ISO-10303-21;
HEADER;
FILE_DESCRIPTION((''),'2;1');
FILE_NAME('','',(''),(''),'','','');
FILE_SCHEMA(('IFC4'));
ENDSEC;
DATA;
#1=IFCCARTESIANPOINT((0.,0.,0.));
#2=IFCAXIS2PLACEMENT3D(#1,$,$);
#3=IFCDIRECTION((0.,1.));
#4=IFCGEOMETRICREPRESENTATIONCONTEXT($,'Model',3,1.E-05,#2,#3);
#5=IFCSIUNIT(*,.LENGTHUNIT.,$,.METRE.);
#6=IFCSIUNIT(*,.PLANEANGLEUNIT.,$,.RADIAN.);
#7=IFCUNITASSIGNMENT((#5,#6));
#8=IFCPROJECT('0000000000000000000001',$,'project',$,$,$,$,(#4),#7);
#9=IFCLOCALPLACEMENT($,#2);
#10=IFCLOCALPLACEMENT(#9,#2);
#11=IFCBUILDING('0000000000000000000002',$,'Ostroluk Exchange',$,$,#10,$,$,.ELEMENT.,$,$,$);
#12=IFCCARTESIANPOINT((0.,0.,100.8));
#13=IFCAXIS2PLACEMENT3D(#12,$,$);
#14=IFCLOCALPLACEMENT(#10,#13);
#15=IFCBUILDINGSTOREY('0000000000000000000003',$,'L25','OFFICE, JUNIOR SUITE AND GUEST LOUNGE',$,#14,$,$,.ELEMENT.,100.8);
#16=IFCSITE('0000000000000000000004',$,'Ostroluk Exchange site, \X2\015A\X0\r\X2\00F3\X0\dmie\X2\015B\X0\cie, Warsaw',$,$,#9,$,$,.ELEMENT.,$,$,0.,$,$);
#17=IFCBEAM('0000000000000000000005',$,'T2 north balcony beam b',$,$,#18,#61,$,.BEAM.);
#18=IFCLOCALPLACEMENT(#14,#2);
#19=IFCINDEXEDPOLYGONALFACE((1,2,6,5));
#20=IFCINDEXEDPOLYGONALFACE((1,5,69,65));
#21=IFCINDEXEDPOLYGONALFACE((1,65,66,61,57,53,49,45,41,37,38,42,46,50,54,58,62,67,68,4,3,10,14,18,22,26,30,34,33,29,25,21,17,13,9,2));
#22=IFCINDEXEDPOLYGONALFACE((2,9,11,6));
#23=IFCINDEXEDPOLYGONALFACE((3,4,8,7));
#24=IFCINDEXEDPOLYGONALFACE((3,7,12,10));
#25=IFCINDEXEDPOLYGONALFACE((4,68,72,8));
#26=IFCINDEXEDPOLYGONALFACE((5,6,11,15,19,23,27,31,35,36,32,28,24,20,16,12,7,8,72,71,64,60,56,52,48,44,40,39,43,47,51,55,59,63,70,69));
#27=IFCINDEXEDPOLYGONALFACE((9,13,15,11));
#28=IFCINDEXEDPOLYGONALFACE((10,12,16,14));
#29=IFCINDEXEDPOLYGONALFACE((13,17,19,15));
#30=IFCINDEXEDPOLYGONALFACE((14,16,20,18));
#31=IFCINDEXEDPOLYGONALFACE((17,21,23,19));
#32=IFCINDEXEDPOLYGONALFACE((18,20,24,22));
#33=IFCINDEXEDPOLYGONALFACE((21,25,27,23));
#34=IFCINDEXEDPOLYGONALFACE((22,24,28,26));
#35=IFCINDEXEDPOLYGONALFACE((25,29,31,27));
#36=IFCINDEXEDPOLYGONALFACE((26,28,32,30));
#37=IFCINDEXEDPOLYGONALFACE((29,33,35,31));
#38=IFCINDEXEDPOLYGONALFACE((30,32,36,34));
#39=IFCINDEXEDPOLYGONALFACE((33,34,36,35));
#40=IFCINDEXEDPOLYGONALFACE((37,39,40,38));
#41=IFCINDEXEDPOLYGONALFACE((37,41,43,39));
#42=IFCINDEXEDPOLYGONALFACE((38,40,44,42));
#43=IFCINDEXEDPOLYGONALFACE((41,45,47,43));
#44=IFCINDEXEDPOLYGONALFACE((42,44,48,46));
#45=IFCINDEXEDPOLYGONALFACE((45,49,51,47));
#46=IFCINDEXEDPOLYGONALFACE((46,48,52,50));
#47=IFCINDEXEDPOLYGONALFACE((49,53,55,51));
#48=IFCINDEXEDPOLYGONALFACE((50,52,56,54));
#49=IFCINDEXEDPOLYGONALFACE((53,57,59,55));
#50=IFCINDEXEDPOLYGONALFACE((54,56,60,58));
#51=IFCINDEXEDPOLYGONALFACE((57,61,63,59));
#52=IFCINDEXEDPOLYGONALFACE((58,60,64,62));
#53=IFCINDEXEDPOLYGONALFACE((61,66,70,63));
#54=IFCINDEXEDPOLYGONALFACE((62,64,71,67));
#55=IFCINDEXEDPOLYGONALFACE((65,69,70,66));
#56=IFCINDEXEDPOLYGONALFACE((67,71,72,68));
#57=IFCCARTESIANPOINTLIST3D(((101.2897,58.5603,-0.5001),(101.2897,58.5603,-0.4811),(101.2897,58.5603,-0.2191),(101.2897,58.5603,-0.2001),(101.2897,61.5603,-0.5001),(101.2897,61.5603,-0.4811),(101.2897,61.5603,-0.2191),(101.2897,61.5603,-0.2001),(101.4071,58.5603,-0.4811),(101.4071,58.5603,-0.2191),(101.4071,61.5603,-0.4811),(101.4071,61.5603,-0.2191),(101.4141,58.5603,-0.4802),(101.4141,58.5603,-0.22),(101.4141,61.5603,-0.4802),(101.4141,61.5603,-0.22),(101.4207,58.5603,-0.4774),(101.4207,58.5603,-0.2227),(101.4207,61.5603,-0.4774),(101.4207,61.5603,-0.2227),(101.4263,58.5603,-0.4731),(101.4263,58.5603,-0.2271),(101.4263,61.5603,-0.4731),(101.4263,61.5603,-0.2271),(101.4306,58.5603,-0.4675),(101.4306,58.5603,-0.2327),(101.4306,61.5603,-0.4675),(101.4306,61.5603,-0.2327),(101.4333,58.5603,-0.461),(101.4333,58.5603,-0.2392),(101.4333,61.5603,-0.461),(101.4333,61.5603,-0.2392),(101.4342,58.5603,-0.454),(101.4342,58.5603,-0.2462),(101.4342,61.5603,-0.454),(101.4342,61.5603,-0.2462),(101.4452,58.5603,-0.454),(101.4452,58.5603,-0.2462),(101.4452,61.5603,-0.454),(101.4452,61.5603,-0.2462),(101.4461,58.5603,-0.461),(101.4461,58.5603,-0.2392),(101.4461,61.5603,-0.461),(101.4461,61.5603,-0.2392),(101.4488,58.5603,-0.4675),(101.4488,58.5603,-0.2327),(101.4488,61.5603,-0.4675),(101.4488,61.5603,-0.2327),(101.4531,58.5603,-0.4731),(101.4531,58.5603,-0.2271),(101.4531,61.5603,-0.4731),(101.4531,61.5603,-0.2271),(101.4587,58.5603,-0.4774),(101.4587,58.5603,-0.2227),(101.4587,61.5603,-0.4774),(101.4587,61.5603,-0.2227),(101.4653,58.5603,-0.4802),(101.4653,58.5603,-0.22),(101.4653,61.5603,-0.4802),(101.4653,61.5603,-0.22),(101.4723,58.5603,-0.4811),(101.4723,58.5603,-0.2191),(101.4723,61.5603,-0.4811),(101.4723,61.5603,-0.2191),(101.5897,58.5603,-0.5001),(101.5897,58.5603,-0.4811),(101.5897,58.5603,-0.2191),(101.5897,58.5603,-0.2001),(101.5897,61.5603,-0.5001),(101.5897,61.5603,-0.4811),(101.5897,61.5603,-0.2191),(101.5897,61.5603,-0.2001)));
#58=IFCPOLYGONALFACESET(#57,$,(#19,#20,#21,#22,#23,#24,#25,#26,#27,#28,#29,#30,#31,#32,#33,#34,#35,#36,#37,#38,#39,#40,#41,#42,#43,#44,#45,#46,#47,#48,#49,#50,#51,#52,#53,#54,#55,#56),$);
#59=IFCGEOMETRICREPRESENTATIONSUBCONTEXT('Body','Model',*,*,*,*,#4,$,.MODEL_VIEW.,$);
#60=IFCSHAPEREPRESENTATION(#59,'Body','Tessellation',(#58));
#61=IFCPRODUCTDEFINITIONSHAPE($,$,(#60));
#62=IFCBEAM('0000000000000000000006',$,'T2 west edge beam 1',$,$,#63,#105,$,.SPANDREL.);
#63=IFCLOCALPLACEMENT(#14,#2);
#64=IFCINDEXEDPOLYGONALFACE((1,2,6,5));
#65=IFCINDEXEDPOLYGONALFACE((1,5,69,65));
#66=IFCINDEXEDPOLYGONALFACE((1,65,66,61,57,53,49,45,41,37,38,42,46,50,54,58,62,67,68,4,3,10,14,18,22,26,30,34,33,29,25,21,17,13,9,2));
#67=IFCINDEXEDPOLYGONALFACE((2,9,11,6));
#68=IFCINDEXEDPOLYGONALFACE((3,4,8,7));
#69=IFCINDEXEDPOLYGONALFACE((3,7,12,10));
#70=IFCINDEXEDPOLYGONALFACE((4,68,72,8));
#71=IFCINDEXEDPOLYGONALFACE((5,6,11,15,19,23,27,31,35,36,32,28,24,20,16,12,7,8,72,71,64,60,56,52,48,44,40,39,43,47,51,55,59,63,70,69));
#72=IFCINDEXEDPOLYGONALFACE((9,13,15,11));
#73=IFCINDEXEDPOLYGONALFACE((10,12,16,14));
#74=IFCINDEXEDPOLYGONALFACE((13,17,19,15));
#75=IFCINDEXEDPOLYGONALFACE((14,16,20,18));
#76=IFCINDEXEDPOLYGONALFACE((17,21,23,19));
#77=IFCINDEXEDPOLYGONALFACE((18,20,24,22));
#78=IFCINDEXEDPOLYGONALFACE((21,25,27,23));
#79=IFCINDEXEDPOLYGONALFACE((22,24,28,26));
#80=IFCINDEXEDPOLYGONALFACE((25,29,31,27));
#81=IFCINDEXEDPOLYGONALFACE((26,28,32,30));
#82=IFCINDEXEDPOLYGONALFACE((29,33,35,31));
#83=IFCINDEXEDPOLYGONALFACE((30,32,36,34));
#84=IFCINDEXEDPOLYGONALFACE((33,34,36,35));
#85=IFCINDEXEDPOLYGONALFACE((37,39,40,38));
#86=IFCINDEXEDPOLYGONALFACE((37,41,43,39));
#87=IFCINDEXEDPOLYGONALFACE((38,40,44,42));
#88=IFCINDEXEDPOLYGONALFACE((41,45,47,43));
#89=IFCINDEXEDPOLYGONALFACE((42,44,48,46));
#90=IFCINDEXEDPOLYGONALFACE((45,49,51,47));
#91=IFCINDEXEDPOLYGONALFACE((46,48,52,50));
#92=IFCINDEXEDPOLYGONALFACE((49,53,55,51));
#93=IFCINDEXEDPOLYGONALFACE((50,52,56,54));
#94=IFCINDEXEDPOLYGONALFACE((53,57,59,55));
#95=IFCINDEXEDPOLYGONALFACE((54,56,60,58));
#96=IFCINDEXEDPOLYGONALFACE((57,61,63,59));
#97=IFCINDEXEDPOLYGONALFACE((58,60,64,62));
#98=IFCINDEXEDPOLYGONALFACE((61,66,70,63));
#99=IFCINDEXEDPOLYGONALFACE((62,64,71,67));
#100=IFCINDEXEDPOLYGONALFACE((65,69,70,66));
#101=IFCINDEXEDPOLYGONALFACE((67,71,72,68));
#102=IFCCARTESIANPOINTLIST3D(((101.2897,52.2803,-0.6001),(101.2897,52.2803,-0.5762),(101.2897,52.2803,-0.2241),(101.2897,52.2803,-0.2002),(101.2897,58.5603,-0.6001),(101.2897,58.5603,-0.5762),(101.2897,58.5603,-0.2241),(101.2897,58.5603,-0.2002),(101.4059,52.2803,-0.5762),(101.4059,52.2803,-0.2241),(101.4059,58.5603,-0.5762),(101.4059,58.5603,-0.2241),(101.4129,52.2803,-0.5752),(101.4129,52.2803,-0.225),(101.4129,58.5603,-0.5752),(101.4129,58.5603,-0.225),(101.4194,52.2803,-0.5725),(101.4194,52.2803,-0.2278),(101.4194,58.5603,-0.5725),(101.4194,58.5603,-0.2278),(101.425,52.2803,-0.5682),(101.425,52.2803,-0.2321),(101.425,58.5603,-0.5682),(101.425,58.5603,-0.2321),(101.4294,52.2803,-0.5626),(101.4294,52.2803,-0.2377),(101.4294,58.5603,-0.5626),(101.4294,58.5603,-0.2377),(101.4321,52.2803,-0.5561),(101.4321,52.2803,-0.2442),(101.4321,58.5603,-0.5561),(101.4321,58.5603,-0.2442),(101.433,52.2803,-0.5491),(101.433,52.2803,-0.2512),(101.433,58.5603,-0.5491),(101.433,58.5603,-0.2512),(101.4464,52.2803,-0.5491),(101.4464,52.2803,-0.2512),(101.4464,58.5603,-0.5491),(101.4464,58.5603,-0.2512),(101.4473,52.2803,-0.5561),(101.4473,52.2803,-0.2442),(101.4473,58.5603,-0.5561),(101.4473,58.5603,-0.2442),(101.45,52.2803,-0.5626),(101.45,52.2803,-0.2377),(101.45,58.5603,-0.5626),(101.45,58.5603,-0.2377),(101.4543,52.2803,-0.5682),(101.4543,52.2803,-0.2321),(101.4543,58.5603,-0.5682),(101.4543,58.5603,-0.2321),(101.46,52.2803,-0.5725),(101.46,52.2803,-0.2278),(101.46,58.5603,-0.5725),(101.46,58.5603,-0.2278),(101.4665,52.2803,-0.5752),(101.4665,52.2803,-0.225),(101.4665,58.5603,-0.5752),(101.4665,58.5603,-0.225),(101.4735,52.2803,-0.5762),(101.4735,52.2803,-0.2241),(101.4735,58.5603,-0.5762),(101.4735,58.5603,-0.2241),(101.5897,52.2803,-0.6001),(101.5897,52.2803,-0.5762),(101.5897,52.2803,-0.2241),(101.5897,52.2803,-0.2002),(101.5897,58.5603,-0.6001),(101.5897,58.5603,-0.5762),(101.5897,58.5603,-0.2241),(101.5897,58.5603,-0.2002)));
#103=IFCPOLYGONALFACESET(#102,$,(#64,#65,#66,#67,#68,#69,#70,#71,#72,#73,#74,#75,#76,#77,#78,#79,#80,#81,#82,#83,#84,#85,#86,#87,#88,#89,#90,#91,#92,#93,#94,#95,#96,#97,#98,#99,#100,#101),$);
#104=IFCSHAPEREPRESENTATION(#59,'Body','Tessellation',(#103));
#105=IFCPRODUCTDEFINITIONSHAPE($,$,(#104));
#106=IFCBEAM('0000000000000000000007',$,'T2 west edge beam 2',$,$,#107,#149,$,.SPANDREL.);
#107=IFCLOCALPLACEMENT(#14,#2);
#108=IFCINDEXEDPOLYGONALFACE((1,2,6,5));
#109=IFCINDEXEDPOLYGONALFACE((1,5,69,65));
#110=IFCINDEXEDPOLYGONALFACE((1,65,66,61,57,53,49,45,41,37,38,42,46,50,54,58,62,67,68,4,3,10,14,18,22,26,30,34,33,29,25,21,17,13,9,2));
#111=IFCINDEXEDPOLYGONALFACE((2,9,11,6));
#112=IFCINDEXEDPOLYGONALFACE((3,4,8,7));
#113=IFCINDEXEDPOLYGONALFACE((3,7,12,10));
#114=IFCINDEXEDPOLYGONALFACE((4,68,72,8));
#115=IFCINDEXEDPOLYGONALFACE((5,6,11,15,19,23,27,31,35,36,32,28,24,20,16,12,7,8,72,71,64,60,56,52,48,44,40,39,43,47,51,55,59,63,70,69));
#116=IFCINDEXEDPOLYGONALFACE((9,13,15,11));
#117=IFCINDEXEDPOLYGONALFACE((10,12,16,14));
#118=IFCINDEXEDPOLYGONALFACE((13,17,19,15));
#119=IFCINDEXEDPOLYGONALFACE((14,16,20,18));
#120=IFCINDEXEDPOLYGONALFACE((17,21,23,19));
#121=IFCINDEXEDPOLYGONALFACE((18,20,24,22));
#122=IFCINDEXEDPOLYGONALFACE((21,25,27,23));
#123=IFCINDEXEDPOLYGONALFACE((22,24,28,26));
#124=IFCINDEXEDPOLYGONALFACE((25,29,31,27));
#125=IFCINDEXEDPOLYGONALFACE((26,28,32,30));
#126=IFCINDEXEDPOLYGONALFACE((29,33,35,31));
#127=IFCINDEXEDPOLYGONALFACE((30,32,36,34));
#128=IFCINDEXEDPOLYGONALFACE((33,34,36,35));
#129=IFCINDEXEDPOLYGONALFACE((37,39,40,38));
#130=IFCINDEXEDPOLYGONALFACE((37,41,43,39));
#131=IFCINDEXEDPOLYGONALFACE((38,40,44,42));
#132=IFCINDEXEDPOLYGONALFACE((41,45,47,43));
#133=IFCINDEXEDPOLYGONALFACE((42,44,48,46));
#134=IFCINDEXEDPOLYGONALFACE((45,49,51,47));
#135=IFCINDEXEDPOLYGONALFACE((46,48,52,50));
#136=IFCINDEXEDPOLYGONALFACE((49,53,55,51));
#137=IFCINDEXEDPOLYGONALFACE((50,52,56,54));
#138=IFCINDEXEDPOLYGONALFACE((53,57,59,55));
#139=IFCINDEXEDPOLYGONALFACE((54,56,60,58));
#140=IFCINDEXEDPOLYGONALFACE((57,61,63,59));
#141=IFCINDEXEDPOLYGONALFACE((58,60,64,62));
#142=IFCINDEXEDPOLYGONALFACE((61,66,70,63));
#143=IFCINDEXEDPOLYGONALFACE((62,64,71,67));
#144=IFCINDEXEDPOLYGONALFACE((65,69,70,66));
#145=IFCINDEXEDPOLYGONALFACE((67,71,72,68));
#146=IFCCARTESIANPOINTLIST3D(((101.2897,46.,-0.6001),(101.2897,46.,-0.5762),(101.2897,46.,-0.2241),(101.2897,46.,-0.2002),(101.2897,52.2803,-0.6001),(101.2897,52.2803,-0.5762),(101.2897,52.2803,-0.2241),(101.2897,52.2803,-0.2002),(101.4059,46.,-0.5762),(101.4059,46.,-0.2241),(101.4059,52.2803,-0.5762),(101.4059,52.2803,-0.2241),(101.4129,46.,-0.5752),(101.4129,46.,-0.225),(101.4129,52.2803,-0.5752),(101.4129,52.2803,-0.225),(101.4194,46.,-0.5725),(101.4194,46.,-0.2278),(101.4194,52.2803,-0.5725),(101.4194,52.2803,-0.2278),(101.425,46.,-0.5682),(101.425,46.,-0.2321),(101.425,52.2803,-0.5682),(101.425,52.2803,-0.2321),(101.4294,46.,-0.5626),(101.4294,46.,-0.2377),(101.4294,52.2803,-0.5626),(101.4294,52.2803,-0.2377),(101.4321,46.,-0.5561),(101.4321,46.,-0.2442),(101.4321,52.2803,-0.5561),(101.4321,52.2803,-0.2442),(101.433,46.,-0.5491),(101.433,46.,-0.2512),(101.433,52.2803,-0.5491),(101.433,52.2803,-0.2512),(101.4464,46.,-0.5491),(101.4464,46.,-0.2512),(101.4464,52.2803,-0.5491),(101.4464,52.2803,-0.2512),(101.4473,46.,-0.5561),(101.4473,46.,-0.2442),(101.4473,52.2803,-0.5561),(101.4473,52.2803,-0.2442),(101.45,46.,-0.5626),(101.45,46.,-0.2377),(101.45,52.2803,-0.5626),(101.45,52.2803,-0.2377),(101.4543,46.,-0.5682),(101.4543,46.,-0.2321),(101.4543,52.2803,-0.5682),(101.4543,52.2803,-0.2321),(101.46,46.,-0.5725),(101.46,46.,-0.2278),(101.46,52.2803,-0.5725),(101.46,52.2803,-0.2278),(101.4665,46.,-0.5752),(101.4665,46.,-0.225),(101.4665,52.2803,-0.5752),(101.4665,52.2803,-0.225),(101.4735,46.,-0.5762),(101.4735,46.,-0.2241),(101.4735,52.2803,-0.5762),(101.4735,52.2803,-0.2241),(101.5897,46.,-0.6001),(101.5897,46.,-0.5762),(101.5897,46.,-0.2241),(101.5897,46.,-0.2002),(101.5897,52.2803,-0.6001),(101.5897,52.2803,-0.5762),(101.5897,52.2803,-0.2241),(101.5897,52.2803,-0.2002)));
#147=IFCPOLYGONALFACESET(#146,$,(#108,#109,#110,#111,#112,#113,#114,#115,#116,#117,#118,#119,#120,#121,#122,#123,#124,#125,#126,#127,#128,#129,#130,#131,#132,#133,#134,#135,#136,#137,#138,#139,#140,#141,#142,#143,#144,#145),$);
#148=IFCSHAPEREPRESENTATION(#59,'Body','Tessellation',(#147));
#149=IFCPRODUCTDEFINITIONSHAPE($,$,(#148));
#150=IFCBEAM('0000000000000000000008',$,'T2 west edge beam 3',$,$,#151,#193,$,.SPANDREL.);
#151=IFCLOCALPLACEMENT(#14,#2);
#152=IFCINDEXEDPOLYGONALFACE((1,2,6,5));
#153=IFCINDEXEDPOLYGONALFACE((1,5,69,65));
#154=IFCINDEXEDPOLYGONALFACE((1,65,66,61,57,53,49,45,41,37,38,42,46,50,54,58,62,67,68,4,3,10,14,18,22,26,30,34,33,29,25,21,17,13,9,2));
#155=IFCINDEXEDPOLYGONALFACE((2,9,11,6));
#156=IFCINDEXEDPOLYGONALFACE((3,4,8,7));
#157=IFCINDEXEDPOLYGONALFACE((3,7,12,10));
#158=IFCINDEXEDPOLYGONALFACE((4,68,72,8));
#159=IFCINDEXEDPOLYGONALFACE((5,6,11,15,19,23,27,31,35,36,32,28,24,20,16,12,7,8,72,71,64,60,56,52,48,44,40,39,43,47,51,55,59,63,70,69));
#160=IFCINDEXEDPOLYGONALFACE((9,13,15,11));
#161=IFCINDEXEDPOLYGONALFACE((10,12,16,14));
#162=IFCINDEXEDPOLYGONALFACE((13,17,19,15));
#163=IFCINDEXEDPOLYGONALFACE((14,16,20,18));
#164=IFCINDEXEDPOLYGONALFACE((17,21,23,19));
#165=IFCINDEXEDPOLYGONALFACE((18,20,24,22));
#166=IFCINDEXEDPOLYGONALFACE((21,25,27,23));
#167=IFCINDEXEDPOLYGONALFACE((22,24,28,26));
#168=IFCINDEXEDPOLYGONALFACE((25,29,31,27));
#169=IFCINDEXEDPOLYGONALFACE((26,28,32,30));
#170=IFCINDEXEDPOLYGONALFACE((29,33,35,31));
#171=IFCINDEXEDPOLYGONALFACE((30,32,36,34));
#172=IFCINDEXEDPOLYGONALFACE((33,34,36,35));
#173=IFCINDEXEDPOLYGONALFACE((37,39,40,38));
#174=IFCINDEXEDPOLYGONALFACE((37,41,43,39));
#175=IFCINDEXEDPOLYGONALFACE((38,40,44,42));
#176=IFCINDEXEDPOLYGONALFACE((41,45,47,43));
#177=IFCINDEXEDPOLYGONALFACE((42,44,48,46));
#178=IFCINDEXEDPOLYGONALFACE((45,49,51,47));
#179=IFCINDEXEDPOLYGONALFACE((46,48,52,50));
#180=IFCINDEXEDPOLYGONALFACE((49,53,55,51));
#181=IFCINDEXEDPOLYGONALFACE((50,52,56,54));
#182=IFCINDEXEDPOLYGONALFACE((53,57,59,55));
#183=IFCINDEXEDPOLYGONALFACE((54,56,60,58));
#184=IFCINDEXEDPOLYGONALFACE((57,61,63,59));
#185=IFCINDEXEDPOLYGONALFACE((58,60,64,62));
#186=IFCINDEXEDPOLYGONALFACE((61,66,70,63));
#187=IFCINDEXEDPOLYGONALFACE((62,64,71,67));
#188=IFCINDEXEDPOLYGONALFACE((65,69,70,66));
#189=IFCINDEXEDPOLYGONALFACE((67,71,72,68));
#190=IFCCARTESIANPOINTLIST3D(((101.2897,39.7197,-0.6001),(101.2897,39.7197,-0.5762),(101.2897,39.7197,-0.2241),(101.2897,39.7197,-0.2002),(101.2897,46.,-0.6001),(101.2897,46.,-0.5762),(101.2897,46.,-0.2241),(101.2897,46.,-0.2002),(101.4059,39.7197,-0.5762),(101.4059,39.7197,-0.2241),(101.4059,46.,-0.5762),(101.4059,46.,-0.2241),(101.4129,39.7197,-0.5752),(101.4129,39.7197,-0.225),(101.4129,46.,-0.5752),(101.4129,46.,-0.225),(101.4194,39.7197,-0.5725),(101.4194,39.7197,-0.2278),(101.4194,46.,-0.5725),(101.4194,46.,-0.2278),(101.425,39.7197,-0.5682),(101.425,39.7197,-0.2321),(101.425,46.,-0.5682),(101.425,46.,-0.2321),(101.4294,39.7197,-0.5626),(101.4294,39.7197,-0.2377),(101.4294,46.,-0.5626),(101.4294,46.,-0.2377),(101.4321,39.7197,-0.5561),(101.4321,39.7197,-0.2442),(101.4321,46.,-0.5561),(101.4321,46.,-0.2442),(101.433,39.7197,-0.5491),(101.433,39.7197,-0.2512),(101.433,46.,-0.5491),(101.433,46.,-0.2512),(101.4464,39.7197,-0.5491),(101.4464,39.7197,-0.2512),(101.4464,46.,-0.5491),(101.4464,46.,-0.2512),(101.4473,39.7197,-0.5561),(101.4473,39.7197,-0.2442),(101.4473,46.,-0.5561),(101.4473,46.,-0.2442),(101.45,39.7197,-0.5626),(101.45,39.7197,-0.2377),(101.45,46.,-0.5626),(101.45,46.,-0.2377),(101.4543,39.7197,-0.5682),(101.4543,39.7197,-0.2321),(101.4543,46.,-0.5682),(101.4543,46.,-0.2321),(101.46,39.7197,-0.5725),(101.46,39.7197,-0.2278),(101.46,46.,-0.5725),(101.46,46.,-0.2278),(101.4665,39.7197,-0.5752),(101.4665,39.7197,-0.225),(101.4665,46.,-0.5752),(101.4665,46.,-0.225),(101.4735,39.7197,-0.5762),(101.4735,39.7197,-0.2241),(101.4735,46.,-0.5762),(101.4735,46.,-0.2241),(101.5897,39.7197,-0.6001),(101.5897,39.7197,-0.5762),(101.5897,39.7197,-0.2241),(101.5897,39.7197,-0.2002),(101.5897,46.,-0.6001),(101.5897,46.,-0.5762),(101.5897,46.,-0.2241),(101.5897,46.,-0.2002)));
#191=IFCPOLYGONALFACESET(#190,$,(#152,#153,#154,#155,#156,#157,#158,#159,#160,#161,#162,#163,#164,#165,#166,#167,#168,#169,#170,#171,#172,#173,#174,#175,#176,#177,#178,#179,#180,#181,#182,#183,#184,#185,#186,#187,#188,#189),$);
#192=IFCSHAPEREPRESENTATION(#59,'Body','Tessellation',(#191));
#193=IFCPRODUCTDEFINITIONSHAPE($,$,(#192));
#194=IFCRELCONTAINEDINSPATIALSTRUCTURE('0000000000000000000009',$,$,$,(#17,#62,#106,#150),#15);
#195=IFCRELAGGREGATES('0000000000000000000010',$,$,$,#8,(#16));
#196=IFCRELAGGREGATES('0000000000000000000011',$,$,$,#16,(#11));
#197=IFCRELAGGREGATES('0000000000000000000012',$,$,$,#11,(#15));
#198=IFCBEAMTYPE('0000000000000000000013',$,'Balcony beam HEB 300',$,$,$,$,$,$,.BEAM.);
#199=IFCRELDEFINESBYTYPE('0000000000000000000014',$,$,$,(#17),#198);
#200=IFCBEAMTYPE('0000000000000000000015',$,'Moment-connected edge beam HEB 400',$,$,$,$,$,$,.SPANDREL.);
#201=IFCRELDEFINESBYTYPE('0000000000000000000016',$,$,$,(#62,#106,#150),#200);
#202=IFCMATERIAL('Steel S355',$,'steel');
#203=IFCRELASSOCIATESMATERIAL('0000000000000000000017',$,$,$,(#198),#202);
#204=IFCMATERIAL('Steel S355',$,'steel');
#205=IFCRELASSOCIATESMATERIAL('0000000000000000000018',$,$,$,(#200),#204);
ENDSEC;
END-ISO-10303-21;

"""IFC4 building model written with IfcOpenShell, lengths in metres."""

from ifc_helpers import new_model, si_unit, direction, frame, origin, origin_2d, place, context, subcontext, project, spatial, i_section, extrude, material, material_profile, profile_set, type_object, element, save


model = new_model("IFC4")

# Units and contexts
model_context = context("Model", 3, precision=1e-05, world=origin(), true_north=direction((0.0, 1.0)))
body_context = subcontext(model_context, "Body", "Model", "MODEL_VIEW")
ifc_project = project(units=[si_unit("LENGTHUNIT", "METRE"), si_unit("PLANEANGLEUNIT", "RADIAN")], contexts=[model_context])

# Site, building, storey
site_placement = place(None, origin())
site = spatial("IfcSite", under=ifc_project, at=site_placement, Name="Ostroluk Exchange site, Śródmieście, Warsaw", CompositionType="ELEMENT", RefElevation=0.0)
building_placement = place(site_placement, origin())
building = spatial("IfcBuilding", under=site, at=building_placement, Name="Ostroluk Exchange", CompositionType="ELEMENT")
storey_placement = place(building_placement, frame((0.0, 0.0, 100.8)))
storey = spatial("IfcBuildingStorey", under=building, at=storey_placement, Name="L25", Description="OFFICE, JUNIOR SUITE AND GUEST LOUNGE", CompositionType="ELEMENT", Elevation=100.8)

# Beams
ifc_material_1 = material(Name="Steel S355", Category="steel")
ifc_material_profile_1 = material_profile(ifc_material_1, i_section(OverallWidth=0.3, OverallDepth=0.3, WebThickness=0.011, FlangeThickness=0.019, FilletRadius=0.0271, at=origin_2d()), Name="HEB 300")
ifc_profile_set_1 = profile_set([ifc_material_profile_1], Name="Steel S355")
beam_type_1 = type_object("IfcBeamType", Name="Balcony beam HEB 300", PredefinedType="BEAM", material=ifc_profile_set_1)
beam_1_placement = place(storey_placement, frame((101.4397, 58.5603, -0.3501), z_axis=(0.0, 1.0, 0.0), x_axis=(-1.0, 0.0, 0.0)))
element("IfcBeam", 1, at=beam_1_placement, inside=storey, type_object=beam_type_1, Name="T2 north balcony beam b", PredefinedType="BEAM", context=body_context, shape_type="SweptSolid", body=[
    extrude(i_section(OverallWidth=0.3, OverallDepth=0.3, WebThickness=0.011, FlangeThickness=0.019, FilletRadius=0.0271, at=origin_2d()), origin(), (0.0, 0.0, 1.0), 3.0),
])
ifc_material_2 = material(Name="Steel S355", Category="steel")
ifc_material_profile_2 = material_profile(ifc_material_2, i_section(OverallWidth=0.3, OverallDepth=0.3999, WebThickness=0.0134, FlangeThickness=0.0239, FilletRadius=0.0271, at=origin_2d()), Name="HEB 400")
ifc_profile_set_2 = profile_set([ifc_material_profile_2], Name="Steel S355")
beam_type_2 = type_object("IfcBeamType", Name="Moment-connected edge beam HEB 400", PredefinedType="SPANDREL", material=ifc_profile_set_2)
beam_2_placement = place(storey_placement, frame((101.4397, 58.5603, -0.4001), z_axis=(0.0, -1.0, 0.0), x_axis=(1.0, 0.0, 0.0)))
element("IfcBeam", 2, at=beam_2_placement, inside=storey, type_object=beam_type_2, Name="T2 west edge beam 1", PredefinedType="SPANDREL", context=body_context, shape_type="SweptSolid", body=[
    extrude(i_section(OverallWidth=0.3, OverallDepth=0.3999, WebThickness=0.0134, FlangeThickness=0.0239, FilletRadius=0.0271, at=origin_2d()), origin(), (0.0, 0.0, 1.0), 6.28),
])
for number, where, z_axis, x_axis, name in (
    (3, (101.4397, 52.2803, -0.4001), (0.0, -1.0, 0.0), (1.0, 0.0, 0.0), "T2 west edge beam 2"),
    (4, (101.4397, 46.0, -0.4001), (0.0, -1.0, 0.0), (1.0, 0.0, 0.0), "T2 west edge beam 3"),
):
    element("IfcBeam", number, at=place(storey_placement, frame(where, z_axis=z_axis, x_axis=x_axis)), inside=storey, type_object=beam_type_2, Name=name, PredefinedType="SPANDREL", context=body_context, shape_type="SweptSolid", body=[
        extrude(i_section(OverallWidth=0.3, OverallDepth=0.3999, WebThickness=0.0134, FlangeThickness=0.0239, FilletRadius=0.0271, at=origin_2d()), origin(), (0.0, 0.0, 1.0), 6.2803),
    ])

save(model, "model.ifc")
